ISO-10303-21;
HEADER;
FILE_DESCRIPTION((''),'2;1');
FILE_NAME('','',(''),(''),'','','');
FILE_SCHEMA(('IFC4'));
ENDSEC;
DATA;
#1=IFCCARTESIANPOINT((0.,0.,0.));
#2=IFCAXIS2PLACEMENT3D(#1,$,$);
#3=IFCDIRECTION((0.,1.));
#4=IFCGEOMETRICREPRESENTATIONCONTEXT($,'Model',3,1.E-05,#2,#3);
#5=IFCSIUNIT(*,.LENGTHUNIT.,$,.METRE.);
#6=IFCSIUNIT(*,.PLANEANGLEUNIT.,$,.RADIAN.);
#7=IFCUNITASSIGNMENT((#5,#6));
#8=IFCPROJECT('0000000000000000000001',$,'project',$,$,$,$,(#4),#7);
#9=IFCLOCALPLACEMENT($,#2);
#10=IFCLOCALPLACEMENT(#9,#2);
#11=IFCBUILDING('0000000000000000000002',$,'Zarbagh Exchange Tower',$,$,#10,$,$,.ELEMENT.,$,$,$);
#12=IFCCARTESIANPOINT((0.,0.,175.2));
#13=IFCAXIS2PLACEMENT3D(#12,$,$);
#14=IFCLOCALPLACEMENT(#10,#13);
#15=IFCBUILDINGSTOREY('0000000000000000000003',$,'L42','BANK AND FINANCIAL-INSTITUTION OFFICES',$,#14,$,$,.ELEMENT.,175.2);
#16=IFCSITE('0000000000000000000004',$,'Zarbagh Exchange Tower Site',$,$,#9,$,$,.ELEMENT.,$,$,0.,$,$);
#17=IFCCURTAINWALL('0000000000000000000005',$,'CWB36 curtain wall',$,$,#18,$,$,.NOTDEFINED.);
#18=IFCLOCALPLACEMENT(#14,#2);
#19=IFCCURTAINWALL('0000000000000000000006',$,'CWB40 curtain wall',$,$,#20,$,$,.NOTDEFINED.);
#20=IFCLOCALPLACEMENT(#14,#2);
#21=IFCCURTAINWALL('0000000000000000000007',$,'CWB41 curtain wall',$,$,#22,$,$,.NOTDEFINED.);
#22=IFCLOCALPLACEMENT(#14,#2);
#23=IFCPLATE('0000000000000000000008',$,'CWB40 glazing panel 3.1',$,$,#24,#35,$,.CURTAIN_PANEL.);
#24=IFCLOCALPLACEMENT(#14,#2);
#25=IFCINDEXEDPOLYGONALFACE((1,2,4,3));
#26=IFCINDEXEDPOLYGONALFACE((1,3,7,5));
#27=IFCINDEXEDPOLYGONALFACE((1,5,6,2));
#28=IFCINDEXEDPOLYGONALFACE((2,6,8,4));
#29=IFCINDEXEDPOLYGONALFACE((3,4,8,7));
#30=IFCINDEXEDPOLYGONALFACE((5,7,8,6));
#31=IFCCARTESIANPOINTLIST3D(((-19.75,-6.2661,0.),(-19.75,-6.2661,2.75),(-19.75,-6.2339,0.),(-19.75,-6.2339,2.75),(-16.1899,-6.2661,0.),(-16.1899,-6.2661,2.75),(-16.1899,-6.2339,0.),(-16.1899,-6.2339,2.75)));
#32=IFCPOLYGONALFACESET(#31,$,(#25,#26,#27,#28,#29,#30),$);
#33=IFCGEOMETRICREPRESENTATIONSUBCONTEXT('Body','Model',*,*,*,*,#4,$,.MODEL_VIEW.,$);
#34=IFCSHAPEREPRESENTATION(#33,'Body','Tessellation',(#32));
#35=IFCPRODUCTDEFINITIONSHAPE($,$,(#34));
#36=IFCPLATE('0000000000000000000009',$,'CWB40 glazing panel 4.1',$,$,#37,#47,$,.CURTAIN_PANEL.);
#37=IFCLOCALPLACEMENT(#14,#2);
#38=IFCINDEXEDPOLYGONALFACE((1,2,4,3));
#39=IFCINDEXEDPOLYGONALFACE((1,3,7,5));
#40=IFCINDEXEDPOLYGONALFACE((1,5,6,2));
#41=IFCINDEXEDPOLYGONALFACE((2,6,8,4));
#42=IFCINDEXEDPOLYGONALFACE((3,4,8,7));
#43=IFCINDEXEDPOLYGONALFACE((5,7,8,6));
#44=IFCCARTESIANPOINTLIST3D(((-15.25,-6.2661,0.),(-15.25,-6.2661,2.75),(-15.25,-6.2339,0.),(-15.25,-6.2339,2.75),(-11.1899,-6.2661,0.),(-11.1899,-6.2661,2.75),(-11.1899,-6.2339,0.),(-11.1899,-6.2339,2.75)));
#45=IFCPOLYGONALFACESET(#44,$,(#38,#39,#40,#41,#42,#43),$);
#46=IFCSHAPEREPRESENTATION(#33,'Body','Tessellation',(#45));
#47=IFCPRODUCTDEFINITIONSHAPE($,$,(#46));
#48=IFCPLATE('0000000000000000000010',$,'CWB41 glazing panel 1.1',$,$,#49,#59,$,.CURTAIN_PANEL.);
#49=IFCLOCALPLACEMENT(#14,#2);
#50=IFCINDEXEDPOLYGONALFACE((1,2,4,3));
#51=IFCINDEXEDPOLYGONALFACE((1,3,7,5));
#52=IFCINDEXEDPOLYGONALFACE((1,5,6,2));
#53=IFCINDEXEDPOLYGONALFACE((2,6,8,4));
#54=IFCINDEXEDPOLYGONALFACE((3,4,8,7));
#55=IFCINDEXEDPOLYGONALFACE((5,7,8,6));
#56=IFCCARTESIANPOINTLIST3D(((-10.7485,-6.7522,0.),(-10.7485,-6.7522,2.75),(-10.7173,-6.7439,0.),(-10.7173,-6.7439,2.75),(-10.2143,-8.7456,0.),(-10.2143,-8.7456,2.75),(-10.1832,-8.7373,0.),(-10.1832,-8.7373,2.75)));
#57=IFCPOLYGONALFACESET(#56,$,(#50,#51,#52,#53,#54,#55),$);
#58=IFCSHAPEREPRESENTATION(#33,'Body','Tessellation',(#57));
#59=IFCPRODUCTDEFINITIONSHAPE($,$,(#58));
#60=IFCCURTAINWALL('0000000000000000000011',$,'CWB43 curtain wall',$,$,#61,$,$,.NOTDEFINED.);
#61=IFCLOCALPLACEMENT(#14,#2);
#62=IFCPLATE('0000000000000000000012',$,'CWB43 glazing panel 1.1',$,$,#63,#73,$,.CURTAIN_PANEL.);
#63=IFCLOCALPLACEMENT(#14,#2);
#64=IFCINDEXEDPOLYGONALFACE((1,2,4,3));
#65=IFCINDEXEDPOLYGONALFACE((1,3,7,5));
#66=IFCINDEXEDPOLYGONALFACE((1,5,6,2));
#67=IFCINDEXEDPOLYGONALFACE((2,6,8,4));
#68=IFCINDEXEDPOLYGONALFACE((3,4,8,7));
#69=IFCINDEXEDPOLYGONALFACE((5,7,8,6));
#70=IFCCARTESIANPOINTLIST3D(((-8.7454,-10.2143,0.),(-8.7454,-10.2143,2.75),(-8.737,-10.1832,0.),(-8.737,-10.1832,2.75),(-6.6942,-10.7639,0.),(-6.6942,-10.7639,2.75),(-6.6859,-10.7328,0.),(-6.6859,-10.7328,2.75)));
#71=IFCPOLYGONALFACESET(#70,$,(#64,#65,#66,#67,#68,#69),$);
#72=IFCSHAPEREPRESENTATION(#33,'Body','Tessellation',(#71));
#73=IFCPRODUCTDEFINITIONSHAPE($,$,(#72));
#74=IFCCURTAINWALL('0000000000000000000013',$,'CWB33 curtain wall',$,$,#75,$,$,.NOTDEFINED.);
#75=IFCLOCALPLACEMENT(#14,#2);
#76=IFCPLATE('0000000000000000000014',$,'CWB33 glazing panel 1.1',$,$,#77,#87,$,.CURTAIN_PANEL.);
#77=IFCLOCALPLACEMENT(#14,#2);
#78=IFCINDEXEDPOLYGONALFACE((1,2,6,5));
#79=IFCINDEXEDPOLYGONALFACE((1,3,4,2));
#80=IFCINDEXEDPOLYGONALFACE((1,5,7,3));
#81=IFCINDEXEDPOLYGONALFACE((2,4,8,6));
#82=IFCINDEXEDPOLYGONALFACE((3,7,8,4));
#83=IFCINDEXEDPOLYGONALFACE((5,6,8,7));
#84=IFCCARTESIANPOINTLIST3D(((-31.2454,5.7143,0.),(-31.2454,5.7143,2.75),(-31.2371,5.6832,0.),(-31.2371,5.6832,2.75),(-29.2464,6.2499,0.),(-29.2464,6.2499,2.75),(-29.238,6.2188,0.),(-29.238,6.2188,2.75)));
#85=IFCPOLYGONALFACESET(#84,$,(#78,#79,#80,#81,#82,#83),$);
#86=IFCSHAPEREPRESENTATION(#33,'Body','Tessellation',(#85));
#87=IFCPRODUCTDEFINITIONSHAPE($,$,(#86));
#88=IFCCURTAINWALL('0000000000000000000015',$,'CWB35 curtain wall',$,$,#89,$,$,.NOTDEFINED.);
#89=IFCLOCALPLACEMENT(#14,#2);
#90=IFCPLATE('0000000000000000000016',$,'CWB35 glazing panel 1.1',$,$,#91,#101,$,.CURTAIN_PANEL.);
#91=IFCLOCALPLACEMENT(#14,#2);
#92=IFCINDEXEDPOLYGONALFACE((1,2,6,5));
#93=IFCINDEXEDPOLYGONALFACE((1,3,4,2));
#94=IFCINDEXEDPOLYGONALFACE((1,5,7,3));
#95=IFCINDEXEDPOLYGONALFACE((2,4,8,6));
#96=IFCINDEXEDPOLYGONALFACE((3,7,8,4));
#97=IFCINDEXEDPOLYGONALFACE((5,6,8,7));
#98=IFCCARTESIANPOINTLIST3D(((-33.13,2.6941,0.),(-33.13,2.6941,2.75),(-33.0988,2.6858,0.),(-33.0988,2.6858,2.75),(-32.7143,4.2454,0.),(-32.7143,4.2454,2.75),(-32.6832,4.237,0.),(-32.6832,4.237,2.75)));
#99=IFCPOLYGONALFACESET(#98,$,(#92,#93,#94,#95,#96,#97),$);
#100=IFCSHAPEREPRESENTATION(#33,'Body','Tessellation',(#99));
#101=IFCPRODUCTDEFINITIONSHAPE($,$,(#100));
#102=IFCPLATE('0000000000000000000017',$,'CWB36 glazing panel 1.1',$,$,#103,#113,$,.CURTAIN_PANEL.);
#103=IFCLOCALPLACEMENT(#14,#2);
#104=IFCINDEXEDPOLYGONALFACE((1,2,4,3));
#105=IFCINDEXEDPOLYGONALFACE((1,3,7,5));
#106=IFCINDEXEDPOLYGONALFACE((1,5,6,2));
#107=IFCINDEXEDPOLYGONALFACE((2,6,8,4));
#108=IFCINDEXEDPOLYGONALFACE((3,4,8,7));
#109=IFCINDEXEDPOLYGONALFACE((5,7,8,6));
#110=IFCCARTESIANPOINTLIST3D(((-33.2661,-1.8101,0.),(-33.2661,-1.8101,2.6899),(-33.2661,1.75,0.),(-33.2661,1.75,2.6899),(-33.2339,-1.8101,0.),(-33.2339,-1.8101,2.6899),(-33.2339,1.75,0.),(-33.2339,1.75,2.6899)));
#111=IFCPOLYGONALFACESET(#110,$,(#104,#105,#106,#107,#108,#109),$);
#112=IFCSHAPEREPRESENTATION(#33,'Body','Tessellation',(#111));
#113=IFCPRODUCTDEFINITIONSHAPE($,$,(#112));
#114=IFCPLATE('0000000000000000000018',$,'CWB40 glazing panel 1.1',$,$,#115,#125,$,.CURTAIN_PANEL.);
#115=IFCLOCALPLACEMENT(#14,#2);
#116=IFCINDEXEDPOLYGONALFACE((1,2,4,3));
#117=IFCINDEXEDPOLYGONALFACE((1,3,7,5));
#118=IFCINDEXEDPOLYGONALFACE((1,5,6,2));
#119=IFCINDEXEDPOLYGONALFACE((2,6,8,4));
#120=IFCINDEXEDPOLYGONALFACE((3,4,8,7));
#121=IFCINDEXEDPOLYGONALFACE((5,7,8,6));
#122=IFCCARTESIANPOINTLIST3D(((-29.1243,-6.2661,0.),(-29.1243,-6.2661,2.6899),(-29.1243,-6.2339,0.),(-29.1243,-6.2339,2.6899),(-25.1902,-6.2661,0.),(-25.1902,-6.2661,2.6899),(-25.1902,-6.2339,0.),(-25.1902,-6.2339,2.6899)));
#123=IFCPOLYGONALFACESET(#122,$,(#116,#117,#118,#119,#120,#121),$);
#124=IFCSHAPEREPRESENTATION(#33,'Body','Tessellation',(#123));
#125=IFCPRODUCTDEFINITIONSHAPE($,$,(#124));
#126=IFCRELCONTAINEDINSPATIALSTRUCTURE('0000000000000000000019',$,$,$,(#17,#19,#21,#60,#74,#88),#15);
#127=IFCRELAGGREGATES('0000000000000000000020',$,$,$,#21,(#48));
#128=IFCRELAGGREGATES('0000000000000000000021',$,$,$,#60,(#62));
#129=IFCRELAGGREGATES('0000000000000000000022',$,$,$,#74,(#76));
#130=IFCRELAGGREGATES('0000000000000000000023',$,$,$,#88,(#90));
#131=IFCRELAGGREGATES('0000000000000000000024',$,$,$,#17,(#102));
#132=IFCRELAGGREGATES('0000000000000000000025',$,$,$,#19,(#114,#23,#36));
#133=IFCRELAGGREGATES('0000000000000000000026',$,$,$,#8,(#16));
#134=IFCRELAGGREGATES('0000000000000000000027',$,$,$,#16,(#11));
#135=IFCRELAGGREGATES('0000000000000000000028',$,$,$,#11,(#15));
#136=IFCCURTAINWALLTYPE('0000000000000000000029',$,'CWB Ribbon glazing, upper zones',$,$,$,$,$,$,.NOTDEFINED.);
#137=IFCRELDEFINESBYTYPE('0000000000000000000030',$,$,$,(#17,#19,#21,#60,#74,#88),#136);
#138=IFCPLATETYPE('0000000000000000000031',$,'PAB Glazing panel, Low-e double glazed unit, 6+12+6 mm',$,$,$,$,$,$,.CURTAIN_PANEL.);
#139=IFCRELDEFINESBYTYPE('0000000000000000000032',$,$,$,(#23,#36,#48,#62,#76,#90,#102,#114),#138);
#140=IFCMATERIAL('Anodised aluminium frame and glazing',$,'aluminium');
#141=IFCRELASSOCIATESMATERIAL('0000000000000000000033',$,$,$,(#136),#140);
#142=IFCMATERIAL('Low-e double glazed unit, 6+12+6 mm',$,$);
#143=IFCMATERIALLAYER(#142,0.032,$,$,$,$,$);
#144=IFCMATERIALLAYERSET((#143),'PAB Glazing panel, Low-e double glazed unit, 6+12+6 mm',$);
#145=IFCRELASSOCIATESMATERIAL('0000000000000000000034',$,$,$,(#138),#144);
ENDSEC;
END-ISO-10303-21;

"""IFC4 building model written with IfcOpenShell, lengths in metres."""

from ifc_helpers import new_model, si_unit, direction, frame, origin, place, context, subcontext, project, spatial, polyline, outline, extrude, source, transform, mapped, material, layer, layer_set, type_object, element, aggregate, save


model = new_model("IFC4")

# Units and contexts
model_context = context("Model", 3, precision=1e-05, world=origin(), true_north=direction((0.0, 1.0)))
body_context = subcontext(model_context, "Body", "Model", "MODEL_VIEW")
ifc_project = project(units=[si_unit("LENGTHUNIT", "METRE"), si_unit("PLANEANGLEUNIT", "RADIAN")], contexts=[model_context])

# Site, building, storey
site_placement = place(None, origin())
site = spatial("IfcSite", under=ifc_project, at=site_placement, Name="Zarbagh Exchange Tower Site", CompositionType="ELEMENT", RefElevation=0.0)
building_placement = place(site_placement, origin())
building = spatial("IfcBuilding", under=site, at=building_placement, Name="Zarbagh Exchange Tower", CompositionType="ELEMENT")
storey_placement = place(building_placement, frame((0.0, 0.0, 175.2)))
storey = spatial("IfcBuildingStorey", under=building, at=storey_placement, Name="L42", Description="BANK AND FINANCIAL-INSTITUTION OFFICES", CompositionType="ELEMENT", Elevation=175.2)

# Curtain wall
ifc_material_1 = material(Name="Anodised aluminium frame and glazing", Category="aluminium")
curtain_wall_type = type_object("IfcCurtainWallType", Name="CWB Ribbon glazing, upper zones", PredefinedType="NOTDEFINED", material=ifc_material_1)
curtain_wall_1_placement = place(storey_placement, origin())
curtain_wall_1 = element("IfcCurtainWall", 1, at=curtain_wall_1_placement, inside=storey, type_object=curtain_wall_type, Name="CWB36 curtain wall", PredefinedType="NOTDEFINED")
placement = place(storey_placement, origin())

# Curtain wall
curtain_wall_2_placement = place(storey_placement, origin())
curtain_wall_2 = element("IfcCurtainWall", 2, at=curtain_wall_2_placement, inside=storey, type_object=curtain_wall_type, Name="CWB40 curtain wall", PredefinedType="NOTDEFINED")

# Curtain wall
curtain_wall_3_placement = place(storey_placement, origin())
curtain_wall_3 = element("IfcCurtainWall", 3, at=curtain_wall_3_placement, inside=storey, type_object=curtain_wall_type, Name="CWB41 curtain wall", PredefinedType="NOTDEFINED")

# Shared definitions
ifc_material_2 = material(Name="Low-e double glazed unit, 6+12+6 mm")
ifc_layer = layer(ifc_material_2, 0.032)
ifc_layer_set = layer_set([ifc_layer], Name="PAB Glazing panel, Low-e double glazed unit, 6+12+6 mm")
plate_type = type_object("IfcPlateType", Name="PAB Glazing panel, Low-e double glazed unit, 6+12+6 mm", PredefinedType="CURTAIN_PANEL", material=ifc_layer_set)

# Plates
shared_shape_1 = source(origin(), body_context, "Body", "SweptSolid", [
    extrude(outline(polyline([(0.0, -0.0161), (3.5601, -0.0161), (3.5601, 0.0161), (0.0, 0.0161), (0.0, -0.0161)])), origin(), (0.0, 0.0, 1.0), 2.75),
])
plate_1 = element("IfcPlate", 4, at=placement, type_object=plate_type, Name="CWB40 glazing panel 3.1", PredefinedType="CURTAIN_PANEL", context=body_context, shape_type="MappedRepresentation", body=[
    mapped(shared_shape_1, transform((-19.75, -6.25, 0.0), x_axis=(1.0, 0.0, 0.0), y_axis=(0.0, 1.0, 0.0), z_axis=(0.0, 0.0, 1.0))),
])
shared_shape_2 = source(origin(), body_context, "Body", "SweptSolid", [
    extrude(outline(polyline([(0.0, -0.0161), (4.0601, -0.0161), (4.0601, 0.0161), (0.0, 0.0161), (0.0, -0.0161)])), origin(), (0.0, 0.0, 1.0), 2.75),
])
plate_2 = element("IfcPlate", 5, at=placement, type_object=plate_type, Name="CWB40 glazing panel 4.1", PredefinedType="CURTAIN_PANEL", context=body_context, shape_type="MappedRepresentation", body=[
    mapped(shared_shape_2, transform((-15.25, -6.25, 0.0), x_axis=(1.0, 0.0, 0.0), y_axis=(0.0, 1.0, 0.0), z_axis=(0.0, 0.0, 1.0))),
])
shared_shape_3 = source(origin(), body_context, "Body", "SweptSolid", [
    extrude(outline(polyline([(0.0, -0.0161), (2.0637, -0.0161), (2.0637, 0.0161), (0.0, 0.0161), (0.0, -0.0161)])), origin(), (0.0, 0.0, 1.0), 2.75),
])
plate_3 = element("IfcPlate", 6, at=placement, type_object=plate_type, Name="CWB41 glazing panel 1.1", PredefinedType="CURTAIN_PANEL", context=body_context, shape_type="MappedRepresentation", body=[
    mapped(shared_shape_3, transform((-10.7329, -6.748, 0.0), x_axis=(0.258825, -0.965924, 0.0), y_axis=(0.965924, 0.258825, 0.0), z_axis=(0.0, 0.0, 1.0))),
])
aggregate(curtain_wall_3, [plate_3])

# Curtain walls, plates
curtain_wall_4_placement = place(storey_placement, origin())
curtain_wall_4 = element("IfcCurtainWall", 7, at=curtain_wall_4_placement, inside=storey, type_object=curtain_wall_type, Name="CWB43 curtain wall", PredefinedType="NOTDEFINED")
shared_shape_4 = source(origin(), body_context, "Body", "SweptSolid", [
    extrude(outline(polyline([(0.0, -0.0161), (2.1235, -0.0161), (2.1235, 0.0161), (0.0, 0.0161), (0.0, -0.0161)])), origin(), (0.0, 0.0, 1.0), 2.75),
])
plate_4 = element("IfcPlate", 8, at=placement, type_object=plate_type, Name="CWB43 glazing panel 1.1", PredefinedType="CURTAIN_PANEL", context=body_context, shape_type="MappedRepresentation", body=[
    mapped(shared_shape_4, transform((-8.7412, -10.1987, 0.0), x_axis=(0.965924, -0.258825, 0.0), y_axis=(0.258825, 0.965924, 0.0), z_axis=(0.0, 0.0, 1.0))),
])
aggregate(curtain_wall_4, [plate_4])
curtain_wall_5_placement = place(storey_placement, origin())
curtain_wall_5 = element("IfcCurtainWall", 9, at=curtain_wall_5_placement, inside=storey, type_object=curtain_wall_type, Name="CWB33 curtain wall", PredefinedType="NOTDEFINED")
shared_shape_5 = source(origin(), body_context, "Body", "SweptSolid", [
    extrude(outline(polyline([(0.0, -0.0161), (2.0696, -0.0161), (2.0696, 0.0161), (0.0, 0.0161), (0.0, -0.0161)])), origin(), (0.0, 0.0, 1.0), 2.75),
])
plate_5 = element("IfcPlate", 10, at=placement, type_object=plate_type, Name="CWB33 glazing panel 1.1", PredefinedType="CURTAIN_PANEL", context=body_context, shape_type="MappedRepresentation", body=[
    mapped(shared_shape_5, transform((-29.2422, 6.2344, 0.0), x_axis=(-0.965924, -0.258825, 0.0), y_axis=(0.258825, -0.965924, 0.0), z_axis=(0.0, 0.0, 1.0))),
])
aggregate(curtain_wall_5, [plate_5])
curtain_wall_6_placement = place(storey_placement, origin())
curtain_wall_6 = element("IfcCurtainWall", 11, at=curtain_wall_6_placement, inside=storey, type_object=curtain_wall_type, Name="CWB35 curtain wall", PredefinedType="NOTDEFINED")
shared_shape_6 = source(origin(), body_context, "Body", "SweptSolid", [
    extrude(outline(polyline([(0.0, -0.0161), (1.606, -0.0161), (1.606, 0.0161), (0.0, 0.0161), (0.0, -0.0161)])), origin(), (0.0, 0.0, 1.0), 2.75),
])
plate_6 = element("IfcPlate", 12, at=placement, type_object=plate_type, Name="CWB35 glazing panel 1.1", PredefinedType="CURTAIN_PANEL", context=body_context, shape_type="MappedRepresentation", body=[
    mapped(shared_shape_6, transform((-32.6987, 4.2412, 0.0), x_axis=(-0.258825, -0.965924, 0.0), y_axis=(0.965924, -0.258825, 0.0), z_axis=(0.0, 0.0, 1.0))),
])
aggregate(curtain_wall_6, [plate_6])

# Plates
shared_shape_7 = source(origin(), body_context, "Body", "SweptSolid", [
    extrude(outline(polyline([(0.0, -0.0161), (3.5601, -0.0161), (3.5601, 0.0161), (0.0, 0.0161), (0.0, -0.0161)])), origin(), (0.0, 0.0, 1.0), 2.6899),
])
plate_7 = element("IfcPlate", 13, at=placement, type_object=plate_type, Name="CWB36 glazing panel 1.1", PredefinedType="CURTAIN_PANEL", context=body_context, shape_type="MappedRepresentation", body=[
    mapped(shared_shape_7, transform((-33.25, 1.75, 0.0), x_axis=(0.0, -1.0, 0.0), y_axis=(1.0, 0.0, 0.0), z_axis=(0.0, 0.0, 1.0))),
])
aggregate(curtain_wall_1, [plate_7])
shared_shape_8 = source(origin(), body_context, "Body", "SweptSolid", [
    extrude(outline(polyline([(0.0, -0.0161), (3.9341, -0.0161), (3.9341, 0.0161), (0.0, 0.0161), (0.0, -0.0161)])), origin(), (0.0, 0.0, 1.0), 2.6899),
])
plate_8 = element("IfcPlate", 14, at=placement, type_object=plate_type, Name="CWB40 glazing panel 1.1", PredefinedType="CURTAIN_PANEL", context=body_context, shape_type="MappedRepresentation", body=[
    mapped(shared_shape_8, transform((-29.1243, -6.25, 0.0), x_axis=(1.0, 0.0, 0.0), y_axis=(0.0, 1.0, 0.0), z_axis=(0.0, 0.0, 1.0))),
])
aggregate(curtain_wall_2, [plate_8, plate_1, plate_2])

save(model, "model.ifc")
